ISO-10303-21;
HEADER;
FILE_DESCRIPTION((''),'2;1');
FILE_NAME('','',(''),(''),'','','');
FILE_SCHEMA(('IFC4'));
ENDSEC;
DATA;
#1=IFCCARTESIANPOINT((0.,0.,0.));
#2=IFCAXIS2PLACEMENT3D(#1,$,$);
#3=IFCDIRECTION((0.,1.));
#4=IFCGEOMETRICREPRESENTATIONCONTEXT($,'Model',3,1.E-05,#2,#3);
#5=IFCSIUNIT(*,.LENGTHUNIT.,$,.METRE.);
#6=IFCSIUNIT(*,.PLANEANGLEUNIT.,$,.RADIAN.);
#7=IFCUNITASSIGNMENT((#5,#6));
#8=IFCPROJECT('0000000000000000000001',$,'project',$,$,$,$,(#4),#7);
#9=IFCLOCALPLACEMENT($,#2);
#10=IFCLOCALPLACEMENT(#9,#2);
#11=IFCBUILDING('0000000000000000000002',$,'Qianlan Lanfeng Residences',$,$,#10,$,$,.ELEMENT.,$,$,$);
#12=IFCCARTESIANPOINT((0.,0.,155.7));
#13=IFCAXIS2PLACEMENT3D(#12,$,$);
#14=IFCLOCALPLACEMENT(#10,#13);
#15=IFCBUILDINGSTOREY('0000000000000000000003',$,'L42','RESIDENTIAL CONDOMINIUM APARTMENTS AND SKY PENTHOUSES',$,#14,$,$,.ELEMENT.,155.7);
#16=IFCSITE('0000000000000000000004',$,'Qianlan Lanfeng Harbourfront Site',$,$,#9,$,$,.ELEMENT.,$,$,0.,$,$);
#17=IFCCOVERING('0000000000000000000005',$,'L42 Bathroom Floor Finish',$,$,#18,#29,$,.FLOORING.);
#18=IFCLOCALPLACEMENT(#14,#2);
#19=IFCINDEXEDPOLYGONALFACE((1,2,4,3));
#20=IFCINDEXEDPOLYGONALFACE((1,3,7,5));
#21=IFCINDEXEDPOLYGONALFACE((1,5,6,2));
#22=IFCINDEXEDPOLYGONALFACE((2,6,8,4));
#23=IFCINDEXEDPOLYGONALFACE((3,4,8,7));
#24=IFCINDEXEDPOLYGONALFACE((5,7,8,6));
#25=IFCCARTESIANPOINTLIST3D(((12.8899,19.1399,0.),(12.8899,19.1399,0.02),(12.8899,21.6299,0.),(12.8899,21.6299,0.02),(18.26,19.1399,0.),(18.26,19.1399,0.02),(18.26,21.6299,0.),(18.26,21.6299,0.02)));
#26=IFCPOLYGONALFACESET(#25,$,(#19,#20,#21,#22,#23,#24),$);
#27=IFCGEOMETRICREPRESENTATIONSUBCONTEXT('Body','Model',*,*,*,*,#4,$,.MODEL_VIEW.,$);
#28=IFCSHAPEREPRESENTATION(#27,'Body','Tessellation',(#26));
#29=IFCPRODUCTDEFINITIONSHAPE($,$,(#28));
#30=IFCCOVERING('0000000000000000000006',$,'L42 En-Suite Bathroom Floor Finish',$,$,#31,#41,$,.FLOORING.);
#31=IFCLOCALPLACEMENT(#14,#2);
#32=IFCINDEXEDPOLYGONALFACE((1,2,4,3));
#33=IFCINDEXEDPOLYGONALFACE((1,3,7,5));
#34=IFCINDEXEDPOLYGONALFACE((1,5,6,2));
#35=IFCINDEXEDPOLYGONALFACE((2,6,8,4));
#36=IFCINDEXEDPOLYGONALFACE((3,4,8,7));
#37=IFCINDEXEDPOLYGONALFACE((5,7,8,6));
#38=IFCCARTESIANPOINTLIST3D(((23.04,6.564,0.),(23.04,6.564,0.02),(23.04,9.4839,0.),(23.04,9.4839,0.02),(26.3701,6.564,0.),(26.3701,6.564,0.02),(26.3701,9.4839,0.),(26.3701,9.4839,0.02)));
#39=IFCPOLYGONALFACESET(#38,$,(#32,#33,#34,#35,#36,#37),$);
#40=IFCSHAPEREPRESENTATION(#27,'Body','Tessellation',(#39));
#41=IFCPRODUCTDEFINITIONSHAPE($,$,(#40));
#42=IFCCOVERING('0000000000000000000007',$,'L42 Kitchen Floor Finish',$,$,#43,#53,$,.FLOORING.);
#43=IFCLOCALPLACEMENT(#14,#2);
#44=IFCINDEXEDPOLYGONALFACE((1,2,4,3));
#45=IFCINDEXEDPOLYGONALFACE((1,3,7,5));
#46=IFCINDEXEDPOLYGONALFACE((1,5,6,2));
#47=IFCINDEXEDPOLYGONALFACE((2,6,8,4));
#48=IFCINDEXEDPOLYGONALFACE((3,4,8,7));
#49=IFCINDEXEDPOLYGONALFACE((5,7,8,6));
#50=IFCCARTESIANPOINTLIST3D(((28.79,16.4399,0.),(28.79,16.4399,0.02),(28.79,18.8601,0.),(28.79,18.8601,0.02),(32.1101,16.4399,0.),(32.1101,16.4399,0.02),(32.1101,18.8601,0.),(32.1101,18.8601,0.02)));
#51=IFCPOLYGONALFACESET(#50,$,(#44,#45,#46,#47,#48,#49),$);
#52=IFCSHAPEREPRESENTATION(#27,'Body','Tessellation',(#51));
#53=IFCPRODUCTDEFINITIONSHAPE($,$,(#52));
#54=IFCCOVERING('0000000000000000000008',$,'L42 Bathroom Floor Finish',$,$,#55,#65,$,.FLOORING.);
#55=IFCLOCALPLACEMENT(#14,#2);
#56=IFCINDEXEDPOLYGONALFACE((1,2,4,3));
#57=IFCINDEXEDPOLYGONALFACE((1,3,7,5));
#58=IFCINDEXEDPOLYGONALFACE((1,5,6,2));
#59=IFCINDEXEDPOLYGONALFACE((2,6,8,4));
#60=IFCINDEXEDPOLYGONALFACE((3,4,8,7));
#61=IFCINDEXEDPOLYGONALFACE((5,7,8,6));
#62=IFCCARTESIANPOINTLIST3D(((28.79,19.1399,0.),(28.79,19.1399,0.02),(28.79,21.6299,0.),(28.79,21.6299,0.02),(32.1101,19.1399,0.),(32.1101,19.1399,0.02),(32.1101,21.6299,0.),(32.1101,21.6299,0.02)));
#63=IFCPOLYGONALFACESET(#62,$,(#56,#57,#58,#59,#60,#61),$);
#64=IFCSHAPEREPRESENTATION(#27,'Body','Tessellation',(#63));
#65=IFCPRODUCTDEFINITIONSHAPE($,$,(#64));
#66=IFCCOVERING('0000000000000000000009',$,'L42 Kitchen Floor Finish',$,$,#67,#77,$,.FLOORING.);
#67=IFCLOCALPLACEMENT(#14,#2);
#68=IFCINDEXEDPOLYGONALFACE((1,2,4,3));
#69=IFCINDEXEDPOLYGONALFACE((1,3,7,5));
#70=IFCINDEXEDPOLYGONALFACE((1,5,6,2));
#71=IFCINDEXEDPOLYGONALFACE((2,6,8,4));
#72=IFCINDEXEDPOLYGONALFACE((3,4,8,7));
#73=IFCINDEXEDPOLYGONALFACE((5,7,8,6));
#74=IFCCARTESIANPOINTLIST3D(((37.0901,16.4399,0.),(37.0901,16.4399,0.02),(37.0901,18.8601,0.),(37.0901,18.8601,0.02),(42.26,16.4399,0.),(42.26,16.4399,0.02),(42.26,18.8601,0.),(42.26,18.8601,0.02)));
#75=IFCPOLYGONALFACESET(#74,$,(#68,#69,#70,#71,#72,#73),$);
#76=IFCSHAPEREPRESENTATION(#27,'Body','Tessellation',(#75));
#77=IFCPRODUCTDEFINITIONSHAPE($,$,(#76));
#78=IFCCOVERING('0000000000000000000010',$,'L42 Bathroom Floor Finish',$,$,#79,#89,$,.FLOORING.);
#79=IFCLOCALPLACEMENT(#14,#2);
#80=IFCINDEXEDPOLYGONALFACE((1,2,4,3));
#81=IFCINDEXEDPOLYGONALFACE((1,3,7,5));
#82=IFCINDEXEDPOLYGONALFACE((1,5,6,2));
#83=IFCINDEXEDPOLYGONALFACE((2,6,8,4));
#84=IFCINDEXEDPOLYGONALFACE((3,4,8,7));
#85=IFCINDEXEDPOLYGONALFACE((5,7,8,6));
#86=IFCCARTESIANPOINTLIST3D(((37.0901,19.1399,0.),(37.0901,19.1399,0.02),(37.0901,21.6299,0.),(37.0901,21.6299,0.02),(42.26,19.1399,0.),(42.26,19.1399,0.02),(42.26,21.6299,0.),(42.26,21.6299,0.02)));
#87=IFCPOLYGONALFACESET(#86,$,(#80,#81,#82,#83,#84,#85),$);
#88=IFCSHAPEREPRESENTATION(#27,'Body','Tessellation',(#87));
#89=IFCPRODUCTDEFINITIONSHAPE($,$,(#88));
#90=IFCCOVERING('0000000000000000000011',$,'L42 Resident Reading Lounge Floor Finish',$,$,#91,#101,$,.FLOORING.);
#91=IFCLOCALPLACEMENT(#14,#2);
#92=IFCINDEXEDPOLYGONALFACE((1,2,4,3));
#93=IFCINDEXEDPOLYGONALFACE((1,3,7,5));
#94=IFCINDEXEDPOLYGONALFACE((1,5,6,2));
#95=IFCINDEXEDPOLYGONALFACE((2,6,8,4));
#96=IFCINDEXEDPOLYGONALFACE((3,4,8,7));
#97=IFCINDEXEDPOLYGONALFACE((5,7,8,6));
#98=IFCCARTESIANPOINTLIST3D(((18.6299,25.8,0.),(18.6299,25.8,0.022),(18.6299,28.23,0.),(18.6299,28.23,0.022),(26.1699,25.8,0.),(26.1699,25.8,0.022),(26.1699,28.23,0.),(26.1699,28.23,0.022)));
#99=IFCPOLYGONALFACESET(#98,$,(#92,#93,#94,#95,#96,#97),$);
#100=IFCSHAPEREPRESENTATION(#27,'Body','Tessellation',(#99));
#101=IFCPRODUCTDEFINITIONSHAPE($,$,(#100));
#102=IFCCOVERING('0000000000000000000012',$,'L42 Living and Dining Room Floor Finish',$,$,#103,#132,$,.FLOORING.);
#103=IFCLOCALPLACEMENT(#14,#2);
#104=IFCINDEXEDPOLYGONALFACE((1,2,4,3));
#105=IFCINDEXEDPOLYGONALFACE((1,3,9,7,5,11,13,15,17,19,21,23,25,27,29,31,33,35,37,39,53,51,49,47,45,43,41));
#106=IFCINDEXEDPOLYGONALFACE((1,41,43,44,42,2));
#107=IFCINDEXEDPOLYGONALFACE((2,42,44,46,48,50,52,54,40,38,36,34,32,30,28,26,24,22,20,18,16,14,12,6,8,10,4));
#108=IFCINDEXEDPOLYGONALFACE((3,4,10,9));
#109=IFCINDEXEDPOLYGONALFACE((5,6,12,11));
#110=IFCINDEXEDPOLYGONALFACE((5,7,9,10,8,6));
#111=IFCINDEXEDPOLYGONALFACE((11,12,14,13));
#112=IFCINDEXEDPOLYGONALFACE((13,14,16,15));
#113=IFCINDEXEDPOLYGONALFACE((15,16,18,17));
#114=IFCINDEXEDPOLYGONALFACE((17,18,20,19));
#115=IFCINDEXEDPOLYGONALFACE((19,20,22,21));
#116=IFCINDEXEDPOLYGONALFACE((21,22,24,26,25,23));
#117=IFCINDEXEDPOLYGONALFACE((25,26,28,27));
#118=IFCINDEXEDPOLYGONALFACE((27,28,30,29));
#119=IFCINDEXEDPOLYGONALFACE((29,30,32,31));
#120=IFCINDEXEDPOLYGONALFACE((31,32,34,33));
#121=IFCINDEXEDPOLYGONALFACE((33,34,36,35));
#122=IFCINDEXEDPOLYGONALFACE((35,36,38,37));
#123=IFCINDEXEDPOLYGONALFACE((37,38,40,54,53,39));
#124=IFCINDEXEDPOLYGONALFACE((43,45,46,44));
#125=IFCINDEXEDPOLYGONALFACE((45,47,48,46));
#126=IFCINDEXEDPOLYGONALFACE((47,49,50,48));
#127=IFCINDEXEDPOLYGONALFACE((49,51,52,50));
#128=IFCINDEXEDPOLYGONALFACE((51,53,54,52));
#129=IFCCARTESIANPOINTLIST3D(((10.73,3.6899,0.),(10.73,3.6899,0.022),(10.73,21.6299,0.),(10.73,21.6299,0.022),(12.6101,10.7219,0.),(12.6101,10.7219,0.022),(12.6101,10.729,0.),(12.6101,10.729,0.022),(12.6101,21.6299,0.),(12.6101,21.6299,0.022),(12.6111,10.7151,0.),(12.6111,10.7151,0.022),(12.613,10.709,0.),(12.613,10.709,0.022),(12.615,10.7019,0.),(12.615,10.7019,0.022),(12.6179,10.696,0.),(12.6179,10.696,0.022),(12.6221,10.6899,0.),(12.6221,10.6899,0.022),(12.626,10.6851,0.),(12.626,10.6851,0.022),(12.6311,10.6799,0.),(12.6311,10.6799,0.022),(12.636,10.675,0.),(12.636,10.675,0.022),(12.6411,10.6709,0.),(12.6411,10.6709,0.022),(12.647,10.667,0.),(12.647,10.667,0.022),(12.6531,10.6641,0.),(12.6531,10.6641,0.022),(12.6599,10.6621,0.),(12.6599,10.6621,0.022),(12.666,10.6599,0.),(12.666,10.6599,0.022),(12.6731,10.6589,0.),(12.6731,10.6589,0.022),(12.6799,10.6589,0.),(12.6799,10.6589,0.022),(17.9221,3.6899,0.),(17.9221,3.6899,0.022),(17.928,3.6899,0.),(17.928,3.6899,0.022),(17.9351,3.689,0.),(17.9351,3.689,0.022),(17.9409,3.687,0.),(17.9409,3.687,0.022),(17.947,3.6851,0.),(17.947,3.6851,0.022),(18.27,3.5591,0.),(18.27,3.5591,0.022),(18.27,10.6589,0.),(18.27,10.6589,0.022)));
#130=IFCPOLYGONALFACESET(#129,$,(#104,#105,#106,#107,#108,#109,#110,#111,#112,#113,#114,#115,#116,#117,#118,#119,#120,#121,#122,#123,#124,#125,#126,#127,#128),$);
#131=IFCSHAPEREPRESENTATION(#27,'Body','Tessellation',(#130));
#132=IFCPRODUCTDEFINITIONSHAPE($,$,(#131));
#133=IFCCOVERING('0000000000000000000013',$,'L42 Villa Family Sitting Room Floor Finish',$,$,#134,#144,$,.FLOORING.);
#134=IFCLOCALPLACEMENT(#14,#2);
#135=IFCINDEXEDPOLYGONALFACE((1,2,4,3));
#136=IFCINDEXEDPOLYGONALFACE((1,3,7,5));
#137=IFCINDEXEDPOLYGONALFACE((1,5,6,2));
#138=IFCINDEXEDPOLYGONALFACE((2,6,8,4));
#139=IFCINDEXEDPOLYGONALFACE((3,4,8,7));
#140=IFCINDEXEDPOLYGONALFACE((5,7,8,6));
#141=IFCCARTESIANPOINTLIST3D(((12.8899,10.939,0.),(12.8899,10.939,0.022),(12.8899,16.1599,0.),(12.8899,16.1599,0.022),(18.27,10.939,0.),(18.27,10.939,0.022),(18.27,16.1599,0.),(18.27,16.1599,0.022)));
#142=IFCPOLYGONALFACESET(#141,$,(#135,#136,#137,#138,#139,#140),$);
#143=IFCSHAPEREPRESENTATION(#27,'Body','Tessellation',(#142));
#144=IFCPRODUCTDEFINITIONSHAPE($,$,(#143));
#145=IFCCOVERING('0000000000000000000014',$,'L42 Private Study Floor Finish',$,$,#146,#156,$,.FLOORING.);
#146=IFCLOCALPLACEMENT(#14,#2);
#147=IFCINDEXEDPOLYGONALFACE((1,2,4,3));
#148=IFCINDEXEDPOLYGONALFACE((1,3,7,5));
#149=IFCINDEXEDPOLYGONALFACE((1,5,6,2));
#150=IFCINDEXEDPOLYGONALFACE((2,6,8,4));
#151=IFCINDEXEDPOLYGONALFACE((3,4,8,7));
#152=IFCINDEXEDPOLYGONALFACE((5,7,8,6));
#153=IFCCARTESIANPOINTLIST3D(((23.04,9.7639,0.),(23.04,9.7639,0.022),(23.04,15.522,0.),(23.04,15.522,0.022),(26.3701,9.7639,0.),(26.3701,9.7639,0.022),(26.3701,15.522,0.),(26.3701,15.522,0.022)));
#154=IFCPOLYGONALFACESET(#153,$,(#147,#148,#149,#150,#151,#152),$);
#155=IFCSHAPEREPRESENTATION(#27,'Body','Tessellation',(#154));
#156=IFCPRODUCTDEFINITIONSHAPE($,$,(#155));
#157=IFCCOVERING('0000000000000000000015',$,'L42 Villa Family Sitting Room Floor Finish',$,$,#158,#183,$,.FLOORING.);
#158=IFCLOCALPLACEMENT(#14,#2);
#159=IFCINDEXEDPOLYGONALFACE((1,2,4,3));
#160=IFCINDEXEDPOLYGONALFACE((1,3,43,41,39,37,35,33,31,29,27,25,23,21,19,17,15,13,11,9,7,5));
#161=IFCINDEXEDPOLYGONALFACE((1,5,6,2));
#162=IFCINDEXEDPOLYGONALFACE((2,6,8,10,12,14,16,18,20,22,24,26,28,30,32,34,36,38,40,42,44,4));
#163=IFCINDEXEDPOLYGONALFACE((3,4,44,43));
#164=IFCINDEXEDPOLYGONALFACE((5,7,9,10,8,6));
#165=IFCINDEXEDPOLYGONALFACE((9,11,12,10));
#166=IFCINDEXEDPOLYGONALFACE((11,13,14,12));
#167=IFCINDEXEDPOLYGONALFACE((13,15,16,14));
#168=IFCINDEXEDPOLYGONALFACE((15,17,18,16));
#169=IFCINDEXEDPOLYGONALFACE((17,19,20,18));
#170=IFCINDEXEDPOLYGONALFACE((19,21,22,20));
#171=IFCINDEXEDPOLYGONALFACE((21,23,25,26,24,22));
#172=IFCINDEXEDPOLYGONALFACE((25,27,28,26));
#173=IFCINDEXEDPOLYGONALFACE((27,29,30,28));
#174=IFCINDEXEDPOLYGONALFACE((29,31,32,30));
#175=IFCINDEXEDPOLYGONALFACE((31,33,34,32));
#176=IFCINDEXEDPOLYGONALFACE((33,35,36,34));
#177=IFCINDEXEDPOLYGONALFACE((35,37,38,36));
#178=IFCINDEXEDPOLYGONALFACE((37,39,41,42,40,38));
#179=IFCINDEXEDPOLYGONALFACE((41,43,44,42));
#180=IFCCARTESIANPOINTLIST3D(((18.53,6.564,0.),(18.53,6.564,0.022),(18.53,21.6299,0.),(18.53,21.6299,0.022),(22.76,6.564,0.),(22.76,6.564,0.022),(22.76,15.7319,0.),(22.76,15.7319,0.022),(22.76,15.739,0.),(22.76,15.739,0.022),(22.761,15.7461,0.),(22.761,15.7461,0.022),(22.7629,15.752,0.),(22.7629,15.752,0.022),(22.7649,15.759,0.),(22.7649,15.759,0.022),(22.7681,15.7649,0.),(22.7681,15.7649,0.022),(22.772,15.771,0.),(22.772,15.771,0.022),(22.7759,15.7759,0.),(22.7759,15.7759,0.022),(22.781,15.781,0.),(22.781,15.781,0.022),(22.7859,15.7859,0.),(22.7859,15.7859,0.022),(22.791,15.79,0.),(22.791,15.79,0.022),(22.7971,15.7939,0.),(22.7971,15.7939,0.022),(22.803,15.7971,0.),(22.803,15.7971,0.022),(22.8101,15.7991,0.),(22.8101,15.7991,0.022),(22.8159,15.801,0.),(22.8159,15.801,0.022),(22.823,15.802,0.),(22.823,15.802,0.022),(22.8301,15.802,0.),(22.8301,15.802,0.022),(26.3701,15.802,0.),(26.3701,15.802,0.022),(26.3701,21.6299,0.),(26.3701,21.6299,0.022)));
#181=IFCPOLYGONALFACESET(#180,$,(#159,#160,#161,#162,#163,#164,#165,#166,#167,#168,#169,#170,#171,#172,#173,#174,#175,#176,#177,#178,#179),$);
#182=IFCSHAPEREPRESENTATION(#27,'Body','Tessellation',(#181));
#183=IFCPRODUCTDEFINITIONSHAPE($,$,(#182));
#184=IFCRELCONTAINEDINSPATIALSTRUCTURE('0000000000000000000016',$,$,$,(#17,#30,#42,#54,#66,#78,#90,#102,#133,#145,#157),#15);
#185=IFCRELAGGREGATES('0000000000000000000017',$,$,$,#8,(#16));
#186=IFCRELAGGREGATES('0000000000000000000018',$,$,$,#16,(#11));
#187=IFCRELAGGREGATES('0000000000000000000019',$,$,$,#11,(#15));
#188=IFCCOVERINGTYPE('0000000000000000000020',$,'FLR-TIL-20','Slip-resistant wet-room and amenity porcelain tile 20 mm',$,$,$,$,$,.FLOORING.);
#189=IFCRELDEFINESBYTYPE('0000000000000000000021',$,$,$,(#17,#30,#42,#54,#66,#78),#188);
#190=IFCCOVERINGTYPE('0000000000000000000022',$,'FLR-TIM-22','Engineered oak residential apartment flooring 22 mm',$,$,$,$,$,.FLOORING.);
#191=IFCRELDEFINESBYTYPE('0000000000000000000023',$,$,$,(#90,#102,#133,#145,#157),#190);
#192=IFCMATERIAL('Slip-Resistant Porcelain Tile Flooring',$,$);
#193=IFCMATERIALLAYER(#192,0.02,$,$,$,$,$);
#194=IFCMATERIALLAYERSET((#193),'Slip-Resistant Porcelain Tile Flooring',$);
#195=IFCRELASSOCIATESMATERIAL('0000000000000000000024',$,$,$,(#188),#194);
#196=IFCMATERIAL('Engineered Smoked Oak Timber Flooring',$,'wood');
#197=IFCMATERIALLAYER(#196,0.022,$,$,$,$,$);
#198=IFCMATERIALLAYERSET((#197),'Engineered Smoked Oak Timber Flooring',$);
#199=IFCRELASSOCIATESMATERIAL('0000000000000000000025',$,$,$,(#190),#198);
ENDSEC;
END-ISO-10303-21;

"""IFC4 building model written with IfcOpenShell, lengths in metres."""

from ifc_helpers import new_model, si_unit, direction, frame, origin, place, context, subcontext, project, spatial, polyline, outline, extrude, material, layer, layer_set, type_object, element, save


model = new_model("IFC4")

# Units and contexts
model_context = context("Model", 3, precision=1e-05, world=origin(), true_north=direction((0.0, 1.0)))
body_context = subcontext(model_context, "Body", "Model", "MODEL_VIEW")
ifc_project = project(units=[si_unit("LENGTHUNIT", "METRE"), si_unit("PLANEANGLEUNIT", "RADIAN")], contexts=[model_context])

# Site, building, storey
site_placement = place(None, origin())
site = spatial("IfcSite", under=ifc_project, at=site_placement, Name="Qianlan Lanfeng Harbourfront Site", CompositionType="ELEMENT", RefElevation=0.0)
building_placement = place(site_placement, origin())
building = spatial("IfcBuilding", under=site, at=building_placement, Name="Qianlan Lanfeng Residences", CompositionType="ELEMENT")
storey_placement = place(building_placement, frame((0.0, 0.0, 155.7)))
storey = spatial("IfcBuildingStorey", under=building, at=storey_placement, Name="L42", Description="RESIDENTIAL CONDOMINIUM APARTMENTS AND SKY PENTHOUSES", CompositionType="ELEMENT", Elevation=155.7)

# Coverings
ifc_material_1 = material(Name="Slip-Resistant Porcelain Tile Flooring")
ifc_layer_1 = layer(ifc_material_1, 0.02)
ifc_layer_set_1 = layer_set([ifc_layer_1], Name="Slip-Resistant Porcelain Tile Flooring")
covering_type_1 = type_object("IfcCoveringType", Name="FLR-TIL-20", Description="Slip-resistant wet-room and amenity porcelain tile 20 mm", PredefinedType="FLOORING", material=ifc_layer_set_1)
covering_1_placement = place(storey_placement, origin())
element("IfcCovering", 1, at=covering_1_placement, inside=storey, type_object=covering_type_1, Name="L42 Bathroom Floor Finish", PredefinedType="FLOORING", context=body_context, shape_type="SweptSolid", body=[
    extrude(outline(polyline([(12.8899, 19.1399), (18.26, 19.1399), (18.26, 21.6299), (12.8899, 21.6299), (12.8899, 19.1399)])), origin(), (0.0, 0.0, 1.0), 0.02),
])
covering_2_placement = place(storey_placement, origin())
element("IfcCovering", 2, at=covering_2_placement, inside=storey, type_object=covering_type_1, Name="L42 En-Suite Bathroom Floor Finish", PredefinedType="FLOORING", context=body_context, shape_type="SweptSolid", body=[
    extrude(outline(polyline([(23.04, 6.564), (26.3701, 6.564), (26.3701, 9.4839), (23.04, 9.4839), (23.04, 6.564)])), origin(), (0.0, 0.0, 1.0), 0.02),
])
covering_3_placement = place(storey_placement, origin())
element("IfcCovering", 3, at=covering_3_placement, inside=storey, type_object=covering_type_1, Name="L42 Kitchen Floor Finish", PredefinedType="FLOORING", context=body_context, shape_type="SweptSolid", body=[
    extrude(outline(polyline([(28.79, 16.4399), (32.1101, 16.4399), (32.1101, 18.8601), (28.79, 18.8601), (28.79, 16.4399)])), origin(), (0.0, 0.0, 1.0), 0.02),
])
covering_4_placement = place(storey_placement, origin())
element("IfcCovering", 4, at=covering_4_placement, inside=storey, type_object=covering_type_1, Name="L42 Bathroom Floor Finish", PredefinedType="FLOORING", context=body_context, shape_type="SweptSolid", body=[
    extrude(outline(polyline([(28.79, 19.1399), (32.1101, 19.1399), (32.1101, 21.6299), (28.79, 21.6299), (28.79, 19.1399)])), origin(), (0.0, 0.0, 1.0), 0.02),
])
covering_5_placement = place(storey_placement, origin())
element("IfcCovering", 5, at=covering_5_placement, inside=storey, type_object=covering_type_1, Name="L42 Kitchen Floor Finish", PredefinedType="FLOORING", context=body_context, shape_type="SweptSolid", body=[
    extrude(outline(polyline([(37.0901, 16.4399), (42.26, 16.4399), (42.26, 18.8601), (37.0901, 18.8601), (37.0901, 16.4399)])), origin(), (0.0, 0.0, 1.0), 0.02),
])
covering_6_placement = place(storey_placement, origin())
element("IfcCovering", 6, at=covering_6_placement, inside=storey, type_object=covering_type_1, Name="L42 Bathroom Floor Finish", PredefinedType="FLOORING", context=body_context, shape_type="SweptSolid", body=[
    extrude(outline(polyline([(37.0901, 19.1399), (42.26, 19.1399), (42.26, 21.6299), (37.0901, 21.6299), (37.0901, 19.1399)])), origin(), (0.0, 0.0, 1.0), 0.02),
])
ifc_material_2 = material(Name="Engineered Smoked Oak Timber Flooring", Category="wood")
ifc_layer_2 = layer(ifc_material_2, 0.022)
ifc_layer_set_2 = layer_set([ifc_layer_2], Name="Engineered Smoked Oak Timber Flooring")
covering_type_2 = type_object("IfcCoveringType", Name="FLR-TIM-22", Description="Engineered oak residential apartment flooring 22 mm", PredefinedType="FLOORING", material=ifc_layer_set_2)
covering_7_placement = place(storey_placement, origin())
element("IfcCovering", 7, at=covering_7_placement, inside=storey, type_object=covering_type_2, Name="L42 Resident Reading Lounge Floor Finish", PredefinedType="FLOORING", context=body_context, shape_type="SweptSolid", body=[
    extrude(outline(polyline([(18.6299, 25.8), (26.1699, 25.8), (26.1699, 28.23), (18.6299, 28.23), (18.6299, 25.8)])), origin(), (0.0, 0.0, 1.0), 0.022),
])
covering_8_placement = place(storey_placement, origin())
element("IfcCovering", 8, at=covering_8_placement, inside=storey, type_object=covering_type_2, Name="L42 Living and Dining Room Floor Finish", PredefinedType="FLOORING", context=body_context, shape_type="SweptSolid", body=[
    extrude(outline(polyline([(18.27, 3.5591), (18.27, 10.6589), (12.6799, 10.6589), (12.6731, 10.6589), (12.666, 10.6599), (12.6599, 10.6621), (12.6531, 10.6641), (12.647, 10.667), (12.6411, 10.6709), (12.636, 10.675), (12.6311, 10.6799), (12.626, 10.6851), (12.6221, 10.6899), (12.6179, 10.696), (12.615, 10.7019), (12.613, 10.709), (12.6111, 10.7151), (12.6101, 10.7219), (12.6101, 10.729), (12.6101, 21.6299), (10.73, 21.6299), (10.73, 3.6899), (17.9221, 3.6899), (17.928, 3.6899), (17.9351, 3.689), (17.9409, 3.687), (17.947, 3.6851), (18.27, 3.5591)])), origin(), (0.0, 0.0, 1.0), 0.022),
])
covering_9_placement = place(storey_placement, origin())
element("IfcCovering", 9, at=covering_9_placement, inside=storey, type_object=covering_type_2, Name="L42 Villa Family Sitting Room Floor Finish", PredefinedType="FLOORING", context=body_context, shape_type="SweptSolid", body=[
    extrude(outline(polyline([(12.8899, 16.1599), (12.8899, 10.939), (18.27, 10.939), (18.27, 16.1599), (12.8899, 16.1599)])), origin(), (0.0, 0.0, 1.0), 0.022),
])
covering_10_placement = place(storey_placement, origin())
element("IfcCovering", 10, at=covering_10_placement, inside=storey, type_object=covering_type_2, Name="L42 Private Study Floor Finish", PredefinedType="FLOORING", context=body_context, shape_type="SweptSolid", body=[
    extrude(outline(polyline([(23.04, 9.7639), (26.3701, 9.7639), (26.3701, 15.522), (23.04, 15.522), (23.04, 9.7639)])), origin(), (0.0, 0.0, 1.0), 0.022),
])
covering_11_placement = place(storey_placement, origin())
element("IfcCovering", 11, at=covering_11_placement, inside=storey, type_object=covering_type_2, Name="L42 Villa Family Sitting Room Floor Finish", PredefinedType="FLOORING", context=body_context, shape_type="SweptSolid", body=[
    extrude(outline(polyline([(18.53, 6.564), (22.76, 6.564), (22.76, 15.7319), (22.76, 15.739), (22.761, 15.7461), (22.7629, 15.752), (22.7649, 15.759), (22.7681, 15.7649), (22.772, 15.771), (22.7759, 15.7759), (22.781, 15.781), (22.7859, 15.7859), (22.791, 15.79), (22.7971, 15.7939), (22.803, 15.7971), (22.8101, 15.7991), (22.8159, 15.801), (22.823, 15.802), (22.8301, 15.802), (26.3701, 15.802), (26.3701, 21.6299), (18.53, 21.6299), (18.53, 6.564)])), origin(), (0.0, 0.0, 1.0), 0.022),
])

save(model, "model.ifc")
